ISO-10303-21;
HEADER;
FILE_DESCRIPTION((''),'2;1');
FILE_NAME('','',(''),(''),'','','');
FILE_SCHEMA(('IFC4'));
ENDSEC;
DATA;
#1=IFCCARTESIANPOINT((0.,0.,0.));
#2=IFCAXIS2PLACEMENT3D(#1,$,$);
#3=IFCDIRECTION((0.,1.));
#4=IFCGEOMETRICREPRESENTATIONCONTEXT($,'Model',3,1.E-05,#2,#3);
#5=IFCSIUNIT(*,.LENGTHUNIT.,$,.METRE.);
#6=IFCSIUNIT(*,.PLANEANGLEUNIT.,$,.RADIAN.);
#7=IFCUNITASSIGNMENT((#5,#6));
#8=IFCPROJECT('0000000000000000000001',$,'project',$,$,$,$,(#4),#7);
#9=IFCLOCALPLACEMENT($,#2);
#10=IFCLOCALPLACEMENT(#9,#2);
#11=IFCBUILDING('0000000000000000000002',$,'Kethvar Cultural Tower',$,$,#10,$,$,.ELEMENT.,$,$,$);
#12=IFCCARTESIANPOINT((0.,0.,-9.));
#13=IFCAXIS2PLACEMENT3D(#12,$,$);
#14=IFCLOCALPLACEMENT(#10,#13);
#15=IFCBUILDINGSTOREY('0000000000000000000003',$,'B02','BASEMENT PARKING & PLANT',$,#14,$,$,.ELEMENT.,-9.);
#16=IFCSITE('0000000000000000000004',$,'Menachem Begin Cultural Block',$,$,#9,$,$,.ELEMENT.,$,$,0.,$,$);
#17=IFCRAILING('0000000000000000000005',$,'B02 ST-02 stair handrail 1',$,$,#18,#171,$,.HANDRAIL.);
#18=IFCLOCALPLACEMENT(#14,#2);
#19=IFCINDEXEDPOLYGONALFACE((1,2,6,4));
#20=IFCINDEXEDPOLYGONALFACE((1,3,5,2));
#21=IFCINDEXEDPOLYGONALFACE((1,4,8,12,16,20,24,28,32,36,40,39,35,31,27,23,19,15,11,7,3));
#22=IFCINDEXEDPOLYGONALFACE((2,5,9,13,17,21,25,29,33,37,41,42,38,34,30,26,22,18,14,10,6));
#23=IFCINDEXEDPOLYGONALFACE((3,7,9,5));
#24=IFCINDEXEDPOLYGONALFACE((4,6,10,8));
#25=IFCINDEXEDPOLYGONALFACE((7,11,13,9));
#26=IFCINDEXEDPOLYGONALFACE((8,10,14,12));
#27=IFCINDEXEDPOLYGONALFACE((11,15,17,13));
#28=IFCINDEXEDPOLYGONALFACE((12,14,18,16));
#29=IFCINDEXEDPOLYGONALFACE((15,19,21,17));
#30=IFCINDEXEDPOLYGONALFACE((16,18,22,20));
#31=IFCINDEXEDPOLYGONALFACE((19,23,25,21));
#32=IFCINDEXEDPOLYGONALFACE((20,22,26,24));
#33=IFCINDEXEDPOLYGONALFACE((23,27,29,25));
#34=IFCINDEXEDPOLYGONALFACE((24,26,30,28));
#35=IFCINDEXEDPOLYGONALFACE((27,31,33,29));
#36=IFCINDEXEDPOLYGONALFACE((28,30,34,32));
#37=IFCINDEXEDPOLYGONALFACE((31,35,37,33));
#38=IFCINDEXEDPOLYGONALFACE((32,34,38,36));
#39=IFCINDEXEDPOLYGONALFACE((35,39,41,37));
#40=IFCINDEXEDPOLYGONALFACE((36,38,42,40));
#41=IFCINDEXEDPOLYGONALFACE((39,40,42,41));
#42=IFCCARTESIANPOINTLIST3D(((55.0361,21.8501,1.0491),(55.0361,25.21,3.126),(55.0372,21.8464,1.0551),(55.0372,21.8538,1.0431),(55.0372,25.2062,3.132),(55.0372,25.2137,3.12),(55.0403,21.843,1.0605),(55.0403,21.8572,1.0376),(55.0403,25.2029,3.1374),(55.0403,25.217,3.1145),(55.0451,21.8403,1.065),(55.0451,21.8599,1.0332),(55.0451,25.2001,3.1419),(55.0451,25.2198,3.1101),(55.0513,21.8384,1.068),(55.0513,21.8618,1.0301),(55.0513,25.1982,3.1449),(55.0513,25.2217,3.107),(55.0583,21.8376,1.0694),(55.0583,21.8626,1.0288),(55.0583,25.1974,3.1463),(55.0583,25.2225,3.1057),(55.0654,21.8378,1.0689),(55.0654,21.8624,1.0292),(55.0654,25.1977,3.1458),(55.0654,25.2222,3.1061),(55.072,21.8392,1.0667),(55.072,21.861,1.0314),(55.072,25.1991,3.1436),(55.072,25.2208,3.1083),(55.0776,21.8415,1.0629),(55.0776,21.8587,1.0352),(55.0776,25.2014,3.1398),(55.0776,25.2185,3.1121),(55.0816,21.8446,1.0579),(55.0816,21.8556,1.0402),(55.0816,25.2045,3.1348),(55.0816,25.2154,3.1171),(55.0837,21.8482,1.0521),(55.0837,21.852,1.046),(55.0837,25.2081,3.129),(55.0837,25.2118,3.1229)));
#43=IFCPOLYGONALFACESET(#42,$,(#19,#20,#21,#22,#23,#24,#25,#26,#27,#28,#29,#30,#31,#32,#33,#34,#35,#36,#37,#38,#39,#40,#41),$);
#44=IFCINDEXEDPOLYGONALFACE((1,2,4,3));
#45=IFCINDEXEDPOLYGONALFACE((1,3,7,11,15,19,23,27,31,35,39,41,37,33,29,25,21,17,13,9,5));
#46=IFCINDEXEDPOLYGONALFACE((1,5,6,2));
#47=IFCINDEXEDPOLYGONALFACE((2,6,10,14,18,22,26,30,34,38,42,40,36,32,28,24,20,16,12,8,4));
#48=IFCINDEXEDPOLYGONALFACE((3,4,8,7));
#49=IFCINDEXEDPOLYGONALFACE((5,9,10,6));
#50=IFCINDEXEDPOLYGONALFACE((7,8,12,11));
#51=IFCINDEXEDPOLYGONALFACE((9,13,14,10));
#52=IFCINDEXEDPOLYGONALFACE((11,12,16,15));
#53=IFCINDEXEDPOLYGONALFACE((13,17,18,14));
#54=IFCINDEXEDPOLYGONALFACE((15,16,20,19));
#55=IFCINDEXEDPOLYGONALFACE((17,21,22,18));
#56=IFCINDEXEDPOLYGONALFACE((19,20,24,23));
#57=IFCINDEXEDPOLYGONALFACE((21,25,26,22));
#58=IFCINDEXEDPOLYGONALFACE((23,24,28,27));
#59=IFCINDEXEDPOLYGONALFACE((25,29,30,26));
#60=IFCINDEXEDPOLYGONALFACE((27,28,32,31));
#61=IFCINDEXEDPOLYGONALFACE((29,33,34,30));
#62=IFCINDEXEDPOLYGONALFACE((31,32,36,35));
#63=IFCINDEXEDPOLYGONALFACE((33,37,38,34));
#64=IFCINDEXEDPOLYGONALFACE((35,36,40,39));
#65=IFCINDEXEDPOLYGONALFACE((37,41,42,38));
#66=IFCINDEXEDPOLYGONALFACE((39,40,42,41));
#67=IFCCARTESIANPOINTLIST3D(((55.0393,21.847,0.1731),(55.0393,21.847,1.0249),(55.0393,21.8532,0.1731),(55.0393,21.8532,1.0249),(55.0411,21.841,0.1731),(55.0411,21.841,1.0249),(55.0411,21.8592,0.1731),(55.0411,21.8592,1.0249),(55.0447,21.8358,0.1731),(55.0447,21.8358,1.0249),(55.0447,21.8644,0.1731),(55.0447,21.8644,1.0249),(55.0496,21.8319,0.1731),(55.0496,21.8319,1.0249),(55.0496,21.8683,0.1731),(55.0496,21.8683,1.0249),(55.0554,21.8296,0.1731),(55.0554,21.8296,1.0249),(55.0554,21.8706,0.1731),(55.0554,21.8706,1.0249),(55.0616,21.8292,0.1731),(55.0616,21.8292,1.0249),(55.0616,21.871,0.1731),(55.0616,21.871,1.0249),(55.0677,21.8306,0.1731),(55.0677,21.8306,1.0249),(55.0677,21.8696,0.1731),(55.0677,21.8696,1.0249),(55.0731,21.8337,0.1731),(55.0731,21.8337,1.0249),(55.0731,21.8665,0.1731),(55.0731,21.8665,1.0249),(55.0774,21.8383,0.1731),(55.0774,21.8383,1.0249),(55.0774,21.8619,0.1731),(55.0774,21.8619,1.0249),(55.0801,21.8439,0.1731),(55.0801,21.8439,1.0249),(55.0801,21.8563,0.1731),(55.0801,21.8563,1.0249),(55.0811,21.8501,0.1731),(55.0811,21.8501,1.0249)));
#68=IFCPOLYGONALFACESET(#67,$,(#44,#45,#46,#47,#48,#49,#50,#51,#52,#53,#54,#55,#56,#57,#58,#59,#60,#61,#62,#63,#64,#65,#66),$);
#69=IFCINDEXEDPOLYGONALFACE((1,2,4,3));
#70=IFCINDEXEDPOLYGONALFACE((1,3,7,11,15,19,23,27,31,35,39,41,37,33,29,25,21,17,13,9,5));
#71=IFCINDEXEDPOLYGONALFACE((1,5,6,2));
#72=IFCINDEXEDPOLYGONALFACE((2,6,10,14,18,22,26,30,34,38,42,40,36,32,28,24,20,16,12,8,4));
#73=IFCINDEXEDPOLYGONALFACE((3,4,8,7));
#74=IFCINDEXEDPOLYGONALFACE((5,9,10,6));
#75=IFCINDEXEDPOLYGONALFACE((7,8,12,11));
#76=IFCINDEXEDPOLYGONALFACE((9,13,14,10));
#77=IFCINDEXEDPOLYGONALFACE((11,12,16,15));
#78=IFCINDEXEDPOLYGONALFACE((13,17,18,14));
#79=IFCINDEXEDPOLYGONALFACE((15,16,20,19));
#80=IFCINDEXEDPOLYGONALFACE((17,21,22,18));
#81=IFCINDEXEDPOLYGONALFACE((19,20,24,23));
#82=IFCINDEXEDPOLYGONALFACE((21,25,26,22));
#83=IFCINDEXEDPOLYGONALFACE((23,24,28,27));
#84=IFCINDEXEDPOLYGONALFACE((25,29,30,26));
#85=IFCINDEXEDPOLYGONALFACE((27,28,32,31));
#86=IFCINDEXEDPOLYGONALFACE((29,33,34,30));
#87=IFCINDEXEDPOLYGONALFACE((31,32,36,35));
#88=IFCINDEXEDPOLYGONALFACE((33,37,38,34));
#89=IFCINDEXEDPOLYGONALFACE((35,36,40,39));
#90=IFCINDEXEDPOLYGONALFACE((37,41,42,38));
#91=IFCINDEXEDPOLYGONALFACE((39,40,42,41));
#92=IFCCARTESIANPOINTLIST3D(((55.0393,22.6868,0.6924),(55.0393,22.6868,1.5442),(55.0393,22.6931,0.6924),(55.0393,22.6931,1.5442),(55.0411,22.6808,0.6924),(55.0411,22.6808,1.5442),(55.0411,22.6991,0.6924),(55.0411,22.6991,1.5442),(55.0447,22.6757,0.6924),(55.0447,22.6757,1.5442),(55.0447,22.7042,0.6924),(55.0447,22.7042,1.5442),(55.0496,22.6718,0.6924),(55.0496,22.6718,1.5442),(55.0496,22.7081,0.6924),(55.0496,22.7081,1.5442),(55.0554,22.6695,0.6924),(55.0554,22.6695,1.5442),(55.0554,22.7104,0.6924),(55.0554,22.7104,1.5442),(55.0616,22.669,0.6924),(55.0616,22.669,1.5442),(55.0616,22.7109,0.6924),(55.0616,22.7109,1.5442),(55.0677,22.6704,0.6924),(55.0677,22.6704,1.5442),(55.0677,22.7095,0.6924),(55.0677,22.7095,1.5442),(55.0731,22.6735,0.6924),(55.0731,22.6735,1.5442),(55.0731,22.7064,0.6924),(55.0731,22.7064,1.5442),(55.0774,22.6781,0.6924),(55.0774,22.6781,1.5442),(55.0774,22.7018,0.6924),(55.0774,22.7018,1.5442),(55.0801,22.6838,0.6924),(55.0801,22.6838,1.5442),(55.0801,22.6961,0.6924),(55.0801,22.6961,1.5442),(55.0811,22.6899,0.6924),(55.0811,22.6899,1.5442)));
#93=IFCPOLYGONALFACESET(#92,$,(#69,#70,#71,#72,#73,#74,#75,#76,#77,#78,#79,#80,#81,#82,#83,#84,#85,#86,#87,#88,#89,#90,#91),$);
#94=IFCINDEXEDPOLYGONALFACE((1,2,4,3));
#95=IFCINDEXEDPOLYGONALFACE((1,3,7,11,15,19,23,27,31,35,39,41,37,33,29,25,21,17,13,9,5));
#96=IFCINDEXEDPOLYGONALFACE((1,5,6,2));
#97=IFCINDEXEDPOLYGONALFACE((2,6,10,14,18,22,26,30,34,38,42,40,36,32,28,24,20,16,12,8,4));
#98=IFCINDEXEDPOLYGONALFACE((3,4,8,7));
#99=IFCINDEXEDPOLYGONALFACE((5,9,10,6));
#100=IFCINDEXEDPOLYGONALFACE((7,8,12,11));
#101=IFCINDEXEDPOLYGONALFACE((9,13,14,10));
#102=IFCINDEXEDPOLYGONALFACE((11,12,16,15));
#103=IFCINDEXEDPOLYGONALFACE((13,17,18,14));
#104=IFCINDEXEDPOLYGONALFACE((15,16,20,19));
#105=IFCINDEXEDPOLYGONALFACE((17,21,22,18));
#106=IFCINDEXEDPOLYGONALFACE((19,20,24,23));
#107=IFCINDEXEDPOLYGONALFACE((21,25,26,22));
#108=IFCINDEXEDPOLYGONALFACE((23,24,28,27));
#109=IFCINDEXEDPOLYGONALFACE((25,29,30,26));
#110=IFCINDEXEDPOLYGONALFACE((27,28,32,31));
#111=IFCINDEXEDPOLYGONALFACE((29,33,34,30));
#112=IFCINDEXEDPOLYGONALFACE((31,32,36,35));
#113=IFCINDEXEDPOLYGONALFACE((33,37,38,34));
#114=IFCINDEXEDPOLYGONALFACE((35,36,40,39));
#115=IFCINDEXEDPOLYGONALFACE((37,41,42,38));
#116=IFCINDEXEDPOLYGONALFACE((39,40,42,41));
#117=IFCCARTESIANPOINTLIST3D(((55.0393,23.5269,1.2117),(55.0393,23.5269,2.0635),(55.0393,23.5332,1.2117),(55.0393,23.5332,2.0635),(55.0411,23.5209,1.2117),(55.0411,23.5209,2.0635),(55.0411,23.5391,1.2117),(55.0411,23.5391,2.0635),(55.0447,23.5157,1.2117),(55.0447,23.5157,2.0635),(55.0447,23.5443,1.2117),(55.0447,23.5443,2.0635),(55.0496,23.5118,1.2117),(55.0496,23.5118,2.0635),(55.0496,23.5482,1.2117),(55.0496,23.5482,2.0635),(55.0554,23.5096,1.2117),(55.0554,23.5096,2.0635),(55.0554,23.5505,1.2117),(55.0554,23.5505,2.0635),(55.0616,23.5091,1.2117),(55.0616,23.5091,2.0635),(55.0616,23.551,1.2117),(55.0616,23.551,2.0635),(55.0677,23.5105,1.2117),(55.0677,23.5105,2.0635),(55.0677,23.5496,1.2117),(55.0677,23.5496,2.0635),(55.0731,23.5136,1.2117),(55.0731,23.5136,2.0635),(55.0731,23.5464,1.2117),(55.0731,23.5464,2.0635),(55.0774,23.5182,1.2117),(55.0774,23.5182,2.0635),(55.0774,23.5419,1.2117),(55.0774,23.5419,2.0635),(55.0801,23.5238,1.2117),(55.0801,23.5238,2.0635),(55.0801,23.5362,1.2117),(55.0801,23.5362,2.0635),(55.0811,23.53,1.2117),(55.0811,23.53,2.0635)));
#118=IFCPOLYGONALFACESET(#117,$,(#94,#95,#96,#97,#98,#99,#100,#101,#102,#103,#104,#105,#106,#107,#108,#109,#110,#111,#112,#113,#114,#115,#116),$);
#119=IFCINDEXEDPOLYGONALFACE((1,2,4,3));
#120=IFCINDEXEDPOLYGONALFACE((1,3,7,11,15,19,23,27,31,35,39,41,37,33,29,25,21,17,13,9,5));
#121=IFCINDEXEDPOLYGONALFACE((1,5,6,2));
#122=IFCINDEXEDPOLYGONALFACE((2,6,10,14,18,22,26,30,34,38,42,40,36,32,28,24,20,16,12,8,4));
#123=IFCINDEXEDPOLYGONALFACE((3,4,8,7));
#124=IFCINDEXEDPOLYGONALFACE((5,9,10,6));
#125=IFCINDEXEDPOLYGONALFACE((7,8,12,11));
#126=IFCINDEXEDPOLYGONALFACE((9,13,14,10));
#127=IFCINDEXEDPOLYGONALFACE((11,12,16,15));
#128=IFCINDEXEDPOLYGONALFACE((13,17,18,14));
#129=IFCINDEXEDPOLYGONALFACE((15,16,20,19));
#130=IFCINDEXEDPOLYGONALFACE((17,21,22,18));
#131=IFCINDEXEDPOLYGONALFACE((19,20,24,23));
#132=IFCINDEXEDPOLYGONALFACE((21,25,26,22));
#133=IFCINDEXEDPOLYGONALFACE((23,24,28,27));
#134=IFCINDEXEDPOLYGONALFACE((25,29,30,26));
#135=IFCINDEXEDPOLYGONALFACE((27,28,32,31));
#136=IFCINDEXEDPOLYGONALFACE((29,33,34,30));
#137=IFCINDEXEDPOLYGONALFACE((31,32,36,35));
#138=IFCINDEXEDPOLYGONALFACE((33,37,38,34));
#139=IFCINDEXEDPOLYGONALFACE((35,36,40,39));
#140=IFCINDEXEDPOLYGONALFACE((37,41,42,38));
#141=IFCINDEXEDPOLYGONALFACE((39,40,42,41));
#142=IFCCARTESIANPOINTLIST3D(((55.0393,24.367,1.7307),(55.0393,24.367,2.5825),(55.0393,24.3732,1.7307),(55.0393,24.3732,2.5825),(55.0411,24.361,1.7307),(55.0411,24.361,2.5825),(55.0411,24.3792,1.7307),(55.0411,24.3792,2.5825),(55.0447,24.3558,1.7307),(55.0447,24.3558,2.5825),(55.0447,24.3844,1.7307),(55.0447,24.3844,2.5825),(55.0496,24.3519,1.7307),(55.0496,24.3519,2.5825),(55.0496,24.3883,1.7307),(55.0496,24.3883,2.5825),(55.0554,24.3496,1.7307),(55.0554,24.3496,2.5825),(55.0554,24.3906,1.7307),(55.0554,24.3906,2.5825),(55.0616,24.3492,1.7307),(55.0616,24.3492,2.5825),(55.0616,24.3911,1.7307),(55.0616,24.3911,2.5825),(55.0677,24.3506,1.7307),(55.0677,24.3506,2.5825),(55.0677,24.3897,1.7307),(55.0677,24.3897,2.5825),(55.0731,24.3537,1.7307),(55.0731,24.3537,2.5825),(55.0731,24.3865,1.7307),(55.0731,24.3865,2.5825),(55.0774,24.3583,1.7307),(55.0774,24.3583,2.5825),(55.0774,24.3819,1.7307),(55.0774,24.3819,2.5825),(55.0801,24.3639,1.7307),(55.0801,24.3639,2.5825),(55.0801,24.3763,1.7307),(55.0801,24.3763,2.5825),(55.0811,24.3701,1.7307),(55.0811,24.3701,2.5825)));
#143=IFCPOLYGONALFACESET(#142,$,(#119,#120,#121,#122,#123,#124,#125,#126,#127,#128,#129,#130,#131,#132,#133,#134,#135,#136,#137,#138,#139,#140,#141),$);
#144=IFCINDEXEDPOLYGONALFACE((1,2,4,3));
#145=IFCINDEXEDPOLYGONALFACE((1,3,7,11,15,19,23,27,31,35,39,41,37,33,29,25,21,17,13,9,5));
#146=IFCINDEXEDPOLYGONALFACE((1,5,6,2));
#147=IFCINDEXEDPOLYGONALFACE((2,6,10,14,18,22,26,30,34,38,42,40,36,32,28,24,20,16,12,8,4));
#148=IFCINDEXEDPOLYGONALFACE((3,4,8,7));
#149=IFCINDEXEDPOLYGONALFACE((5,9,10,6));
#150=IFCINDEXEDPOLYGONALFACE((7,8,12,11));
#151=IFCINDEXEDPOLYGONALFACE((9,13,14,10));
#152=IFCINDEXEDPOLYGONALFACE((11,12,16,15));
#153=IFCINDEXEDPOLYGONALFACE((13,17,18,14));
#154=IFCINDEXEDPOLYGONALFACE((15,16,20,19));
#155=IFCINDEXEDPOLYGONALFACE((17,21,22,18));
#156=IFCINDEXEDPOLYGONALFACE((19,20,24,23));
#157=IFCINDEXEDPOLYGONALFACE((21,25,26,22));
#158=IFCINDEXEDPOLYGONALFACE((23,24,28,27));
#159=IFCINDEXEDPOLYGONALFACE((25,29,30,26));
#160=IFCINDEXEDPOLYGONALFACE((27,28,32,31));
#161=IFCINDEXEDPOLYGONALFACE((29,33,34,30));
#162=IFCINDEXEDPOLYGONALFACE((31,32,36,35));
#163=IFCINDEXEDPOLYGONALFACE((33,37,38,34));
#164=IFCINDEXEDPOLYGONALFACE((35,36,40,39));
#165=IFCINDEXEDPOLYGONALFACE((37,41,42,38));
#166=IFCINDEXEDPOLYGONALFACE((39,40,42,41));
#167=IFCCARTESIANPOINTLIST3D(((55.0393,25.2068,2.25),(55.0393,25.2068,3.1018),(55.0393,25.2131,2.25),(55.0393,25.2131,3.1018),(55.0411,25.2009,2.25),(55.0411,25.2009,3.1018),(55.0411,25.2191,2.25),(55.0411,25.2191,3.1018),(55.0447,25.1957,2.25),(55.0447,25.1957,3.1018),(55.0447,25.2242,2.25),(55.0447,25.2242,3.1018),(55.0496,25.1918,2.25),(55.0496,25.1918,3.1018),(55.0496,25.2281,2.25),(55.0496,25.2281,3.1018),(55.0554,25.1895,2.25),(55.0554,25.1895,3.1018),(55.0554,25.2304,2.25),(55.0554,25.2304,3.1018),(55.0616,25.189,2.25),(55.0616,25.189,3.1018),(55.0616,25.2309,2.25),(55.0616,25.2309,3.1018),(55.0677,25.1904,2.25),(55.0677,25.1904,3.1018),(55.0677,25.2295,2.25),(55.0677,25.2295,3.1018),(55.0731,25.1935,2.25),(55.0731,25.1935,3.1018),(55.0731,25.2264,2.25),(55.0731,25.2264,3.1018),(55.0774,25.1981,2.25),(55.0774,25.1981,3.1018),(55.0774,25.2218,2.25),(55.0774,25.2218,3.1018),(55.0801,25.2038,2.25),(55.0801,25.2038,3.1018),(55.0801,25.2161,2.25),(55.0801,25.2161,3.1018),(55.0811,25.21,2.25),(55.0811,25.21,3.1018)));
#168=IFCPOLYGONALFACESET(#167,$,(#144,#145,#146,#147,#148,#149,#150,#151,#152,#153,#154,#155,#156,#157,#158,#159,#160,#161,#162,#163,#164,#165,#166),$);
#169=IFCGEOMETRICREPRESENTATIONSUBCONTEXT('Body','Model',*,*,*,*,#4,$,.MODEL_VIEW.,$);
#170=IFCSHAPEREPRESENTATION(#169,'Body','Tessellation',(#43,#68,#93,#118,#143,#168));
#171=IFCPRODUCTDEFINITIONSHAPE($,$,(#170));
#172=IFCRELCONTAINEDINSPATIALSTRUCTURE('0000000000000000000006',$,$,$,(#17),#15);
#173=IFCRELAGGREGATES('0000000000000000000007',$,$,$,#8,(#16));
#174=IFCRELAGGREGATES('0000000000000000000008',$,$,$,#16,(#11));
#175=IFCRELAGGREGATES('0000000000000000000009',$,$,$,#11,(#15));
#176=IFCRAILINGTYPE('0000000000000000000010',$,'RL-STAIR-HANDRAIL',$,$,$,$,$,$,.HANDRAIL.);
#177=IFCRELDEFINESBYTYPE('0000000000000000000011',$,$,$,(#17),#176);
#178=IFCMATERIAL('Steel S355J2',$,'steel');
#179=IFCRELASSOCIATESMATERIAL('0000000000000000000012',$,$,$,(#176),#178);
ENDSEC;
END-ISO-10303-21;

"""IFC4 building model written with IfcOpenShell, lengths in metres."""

from ifc_helpers import new_model, si_unit, direction, frame, origin, origin_2d, place, context, subcontext, project, spatial, circle, extrude, material, type_object, element, save


model = new_model("IFC4")

# Units and contexts
model_context = context("Model", 3, precision=1e-05, world=origin(), true_north=direction((0.0, 1.0)))
body_context = subcontext(model_context, "Body", "Model", "MODEL_VIEW")
ifc_project = project(units=[si_unit("LENGTHUNIT", "METRE"), si_unit("PLANEANGLEUNIT", "RADIAN")], contexts=[model_context])

# Site, building, storey
site_placement = place(None, origin())
site = spatial("IfcSite", under=ifc_project, at=site_placement, Name="Menachem Begin Cultural Block", CompositionType="ELEMENT", RefElevation=0.0)
building_placement = place(site_placement, origin())
building = spatial("IfcBuilding", under=site, at=building_placement, Name="Kethvar Cultural Tower", CompositionType="ELEMENT")
storey_placement = place(building_placement, frame((0.0, 0.0, -9.0)))
storey = spatial("IfcBuildingStorey", under=building, at=storey_placement, Name="B02", Description="BASEMENT PARKING & PLANT", CompositionType="ELEMENT", Elevation=-9.0)

# Shared definitions
ifc_material_1 = material(Name="Steel S355J2", Category="steel")

# Railing
railing_type = type_object("IfcRailingType", Name="RL-STAIR-HANDRAIL", PredefinedType="HANDRAIL", material=ifc_material_1)
railing_placement = place(storey_placement, frame((55.0601, 21.8501, 0.1731)))
element("IfcRailing", 1, at=railing_placement, inside=storey, type_object=railing_type, Name="B02 ST-02 stair handrail 1", PredefinedType="HANDRAIL", context=body_context, shape_type="SweptSolid", body=[
    extrude(circle(Radius=0.0239, at=origin_2d()), frame((0.0, 0.0, 0.876), z_axis=(0.0, 0.850606, 0.525803), x_axis=(-1.0, 0.0, 0.0)), (0.0, 0.0, 1.0), 3.95),
    extrude(circle(Radius=0.021, at=origin_2d()), origin(), (0.0, 0.0, 1.0), 0.8518),
    extrude(circle(Radius=0.021, at=origin_2d()), frame((0.0, 0.8398, 0.5193)), (0.0, 0.0, 1.0), 0.8518),
    extrude(circle(Radius=0.021, at=origin_2d()), frame((0.0, 1.6799, 1.0386)), (0.0, 0.0, 1.0), 0.8518),
    extrude(circle(Radius=0.021, at=origin_2d()), frame((0.0, 2.52, 1.5576)), (0.0, 0.0, 1.0), 0.8518),
    extrude(circle(Radius=0.021, at=origin_2d()), frame((0.0, 3.3599, 2.0769)), (0.0, 0.0, 1.0), 0.8518),
])

save(model, "model.ifc")
